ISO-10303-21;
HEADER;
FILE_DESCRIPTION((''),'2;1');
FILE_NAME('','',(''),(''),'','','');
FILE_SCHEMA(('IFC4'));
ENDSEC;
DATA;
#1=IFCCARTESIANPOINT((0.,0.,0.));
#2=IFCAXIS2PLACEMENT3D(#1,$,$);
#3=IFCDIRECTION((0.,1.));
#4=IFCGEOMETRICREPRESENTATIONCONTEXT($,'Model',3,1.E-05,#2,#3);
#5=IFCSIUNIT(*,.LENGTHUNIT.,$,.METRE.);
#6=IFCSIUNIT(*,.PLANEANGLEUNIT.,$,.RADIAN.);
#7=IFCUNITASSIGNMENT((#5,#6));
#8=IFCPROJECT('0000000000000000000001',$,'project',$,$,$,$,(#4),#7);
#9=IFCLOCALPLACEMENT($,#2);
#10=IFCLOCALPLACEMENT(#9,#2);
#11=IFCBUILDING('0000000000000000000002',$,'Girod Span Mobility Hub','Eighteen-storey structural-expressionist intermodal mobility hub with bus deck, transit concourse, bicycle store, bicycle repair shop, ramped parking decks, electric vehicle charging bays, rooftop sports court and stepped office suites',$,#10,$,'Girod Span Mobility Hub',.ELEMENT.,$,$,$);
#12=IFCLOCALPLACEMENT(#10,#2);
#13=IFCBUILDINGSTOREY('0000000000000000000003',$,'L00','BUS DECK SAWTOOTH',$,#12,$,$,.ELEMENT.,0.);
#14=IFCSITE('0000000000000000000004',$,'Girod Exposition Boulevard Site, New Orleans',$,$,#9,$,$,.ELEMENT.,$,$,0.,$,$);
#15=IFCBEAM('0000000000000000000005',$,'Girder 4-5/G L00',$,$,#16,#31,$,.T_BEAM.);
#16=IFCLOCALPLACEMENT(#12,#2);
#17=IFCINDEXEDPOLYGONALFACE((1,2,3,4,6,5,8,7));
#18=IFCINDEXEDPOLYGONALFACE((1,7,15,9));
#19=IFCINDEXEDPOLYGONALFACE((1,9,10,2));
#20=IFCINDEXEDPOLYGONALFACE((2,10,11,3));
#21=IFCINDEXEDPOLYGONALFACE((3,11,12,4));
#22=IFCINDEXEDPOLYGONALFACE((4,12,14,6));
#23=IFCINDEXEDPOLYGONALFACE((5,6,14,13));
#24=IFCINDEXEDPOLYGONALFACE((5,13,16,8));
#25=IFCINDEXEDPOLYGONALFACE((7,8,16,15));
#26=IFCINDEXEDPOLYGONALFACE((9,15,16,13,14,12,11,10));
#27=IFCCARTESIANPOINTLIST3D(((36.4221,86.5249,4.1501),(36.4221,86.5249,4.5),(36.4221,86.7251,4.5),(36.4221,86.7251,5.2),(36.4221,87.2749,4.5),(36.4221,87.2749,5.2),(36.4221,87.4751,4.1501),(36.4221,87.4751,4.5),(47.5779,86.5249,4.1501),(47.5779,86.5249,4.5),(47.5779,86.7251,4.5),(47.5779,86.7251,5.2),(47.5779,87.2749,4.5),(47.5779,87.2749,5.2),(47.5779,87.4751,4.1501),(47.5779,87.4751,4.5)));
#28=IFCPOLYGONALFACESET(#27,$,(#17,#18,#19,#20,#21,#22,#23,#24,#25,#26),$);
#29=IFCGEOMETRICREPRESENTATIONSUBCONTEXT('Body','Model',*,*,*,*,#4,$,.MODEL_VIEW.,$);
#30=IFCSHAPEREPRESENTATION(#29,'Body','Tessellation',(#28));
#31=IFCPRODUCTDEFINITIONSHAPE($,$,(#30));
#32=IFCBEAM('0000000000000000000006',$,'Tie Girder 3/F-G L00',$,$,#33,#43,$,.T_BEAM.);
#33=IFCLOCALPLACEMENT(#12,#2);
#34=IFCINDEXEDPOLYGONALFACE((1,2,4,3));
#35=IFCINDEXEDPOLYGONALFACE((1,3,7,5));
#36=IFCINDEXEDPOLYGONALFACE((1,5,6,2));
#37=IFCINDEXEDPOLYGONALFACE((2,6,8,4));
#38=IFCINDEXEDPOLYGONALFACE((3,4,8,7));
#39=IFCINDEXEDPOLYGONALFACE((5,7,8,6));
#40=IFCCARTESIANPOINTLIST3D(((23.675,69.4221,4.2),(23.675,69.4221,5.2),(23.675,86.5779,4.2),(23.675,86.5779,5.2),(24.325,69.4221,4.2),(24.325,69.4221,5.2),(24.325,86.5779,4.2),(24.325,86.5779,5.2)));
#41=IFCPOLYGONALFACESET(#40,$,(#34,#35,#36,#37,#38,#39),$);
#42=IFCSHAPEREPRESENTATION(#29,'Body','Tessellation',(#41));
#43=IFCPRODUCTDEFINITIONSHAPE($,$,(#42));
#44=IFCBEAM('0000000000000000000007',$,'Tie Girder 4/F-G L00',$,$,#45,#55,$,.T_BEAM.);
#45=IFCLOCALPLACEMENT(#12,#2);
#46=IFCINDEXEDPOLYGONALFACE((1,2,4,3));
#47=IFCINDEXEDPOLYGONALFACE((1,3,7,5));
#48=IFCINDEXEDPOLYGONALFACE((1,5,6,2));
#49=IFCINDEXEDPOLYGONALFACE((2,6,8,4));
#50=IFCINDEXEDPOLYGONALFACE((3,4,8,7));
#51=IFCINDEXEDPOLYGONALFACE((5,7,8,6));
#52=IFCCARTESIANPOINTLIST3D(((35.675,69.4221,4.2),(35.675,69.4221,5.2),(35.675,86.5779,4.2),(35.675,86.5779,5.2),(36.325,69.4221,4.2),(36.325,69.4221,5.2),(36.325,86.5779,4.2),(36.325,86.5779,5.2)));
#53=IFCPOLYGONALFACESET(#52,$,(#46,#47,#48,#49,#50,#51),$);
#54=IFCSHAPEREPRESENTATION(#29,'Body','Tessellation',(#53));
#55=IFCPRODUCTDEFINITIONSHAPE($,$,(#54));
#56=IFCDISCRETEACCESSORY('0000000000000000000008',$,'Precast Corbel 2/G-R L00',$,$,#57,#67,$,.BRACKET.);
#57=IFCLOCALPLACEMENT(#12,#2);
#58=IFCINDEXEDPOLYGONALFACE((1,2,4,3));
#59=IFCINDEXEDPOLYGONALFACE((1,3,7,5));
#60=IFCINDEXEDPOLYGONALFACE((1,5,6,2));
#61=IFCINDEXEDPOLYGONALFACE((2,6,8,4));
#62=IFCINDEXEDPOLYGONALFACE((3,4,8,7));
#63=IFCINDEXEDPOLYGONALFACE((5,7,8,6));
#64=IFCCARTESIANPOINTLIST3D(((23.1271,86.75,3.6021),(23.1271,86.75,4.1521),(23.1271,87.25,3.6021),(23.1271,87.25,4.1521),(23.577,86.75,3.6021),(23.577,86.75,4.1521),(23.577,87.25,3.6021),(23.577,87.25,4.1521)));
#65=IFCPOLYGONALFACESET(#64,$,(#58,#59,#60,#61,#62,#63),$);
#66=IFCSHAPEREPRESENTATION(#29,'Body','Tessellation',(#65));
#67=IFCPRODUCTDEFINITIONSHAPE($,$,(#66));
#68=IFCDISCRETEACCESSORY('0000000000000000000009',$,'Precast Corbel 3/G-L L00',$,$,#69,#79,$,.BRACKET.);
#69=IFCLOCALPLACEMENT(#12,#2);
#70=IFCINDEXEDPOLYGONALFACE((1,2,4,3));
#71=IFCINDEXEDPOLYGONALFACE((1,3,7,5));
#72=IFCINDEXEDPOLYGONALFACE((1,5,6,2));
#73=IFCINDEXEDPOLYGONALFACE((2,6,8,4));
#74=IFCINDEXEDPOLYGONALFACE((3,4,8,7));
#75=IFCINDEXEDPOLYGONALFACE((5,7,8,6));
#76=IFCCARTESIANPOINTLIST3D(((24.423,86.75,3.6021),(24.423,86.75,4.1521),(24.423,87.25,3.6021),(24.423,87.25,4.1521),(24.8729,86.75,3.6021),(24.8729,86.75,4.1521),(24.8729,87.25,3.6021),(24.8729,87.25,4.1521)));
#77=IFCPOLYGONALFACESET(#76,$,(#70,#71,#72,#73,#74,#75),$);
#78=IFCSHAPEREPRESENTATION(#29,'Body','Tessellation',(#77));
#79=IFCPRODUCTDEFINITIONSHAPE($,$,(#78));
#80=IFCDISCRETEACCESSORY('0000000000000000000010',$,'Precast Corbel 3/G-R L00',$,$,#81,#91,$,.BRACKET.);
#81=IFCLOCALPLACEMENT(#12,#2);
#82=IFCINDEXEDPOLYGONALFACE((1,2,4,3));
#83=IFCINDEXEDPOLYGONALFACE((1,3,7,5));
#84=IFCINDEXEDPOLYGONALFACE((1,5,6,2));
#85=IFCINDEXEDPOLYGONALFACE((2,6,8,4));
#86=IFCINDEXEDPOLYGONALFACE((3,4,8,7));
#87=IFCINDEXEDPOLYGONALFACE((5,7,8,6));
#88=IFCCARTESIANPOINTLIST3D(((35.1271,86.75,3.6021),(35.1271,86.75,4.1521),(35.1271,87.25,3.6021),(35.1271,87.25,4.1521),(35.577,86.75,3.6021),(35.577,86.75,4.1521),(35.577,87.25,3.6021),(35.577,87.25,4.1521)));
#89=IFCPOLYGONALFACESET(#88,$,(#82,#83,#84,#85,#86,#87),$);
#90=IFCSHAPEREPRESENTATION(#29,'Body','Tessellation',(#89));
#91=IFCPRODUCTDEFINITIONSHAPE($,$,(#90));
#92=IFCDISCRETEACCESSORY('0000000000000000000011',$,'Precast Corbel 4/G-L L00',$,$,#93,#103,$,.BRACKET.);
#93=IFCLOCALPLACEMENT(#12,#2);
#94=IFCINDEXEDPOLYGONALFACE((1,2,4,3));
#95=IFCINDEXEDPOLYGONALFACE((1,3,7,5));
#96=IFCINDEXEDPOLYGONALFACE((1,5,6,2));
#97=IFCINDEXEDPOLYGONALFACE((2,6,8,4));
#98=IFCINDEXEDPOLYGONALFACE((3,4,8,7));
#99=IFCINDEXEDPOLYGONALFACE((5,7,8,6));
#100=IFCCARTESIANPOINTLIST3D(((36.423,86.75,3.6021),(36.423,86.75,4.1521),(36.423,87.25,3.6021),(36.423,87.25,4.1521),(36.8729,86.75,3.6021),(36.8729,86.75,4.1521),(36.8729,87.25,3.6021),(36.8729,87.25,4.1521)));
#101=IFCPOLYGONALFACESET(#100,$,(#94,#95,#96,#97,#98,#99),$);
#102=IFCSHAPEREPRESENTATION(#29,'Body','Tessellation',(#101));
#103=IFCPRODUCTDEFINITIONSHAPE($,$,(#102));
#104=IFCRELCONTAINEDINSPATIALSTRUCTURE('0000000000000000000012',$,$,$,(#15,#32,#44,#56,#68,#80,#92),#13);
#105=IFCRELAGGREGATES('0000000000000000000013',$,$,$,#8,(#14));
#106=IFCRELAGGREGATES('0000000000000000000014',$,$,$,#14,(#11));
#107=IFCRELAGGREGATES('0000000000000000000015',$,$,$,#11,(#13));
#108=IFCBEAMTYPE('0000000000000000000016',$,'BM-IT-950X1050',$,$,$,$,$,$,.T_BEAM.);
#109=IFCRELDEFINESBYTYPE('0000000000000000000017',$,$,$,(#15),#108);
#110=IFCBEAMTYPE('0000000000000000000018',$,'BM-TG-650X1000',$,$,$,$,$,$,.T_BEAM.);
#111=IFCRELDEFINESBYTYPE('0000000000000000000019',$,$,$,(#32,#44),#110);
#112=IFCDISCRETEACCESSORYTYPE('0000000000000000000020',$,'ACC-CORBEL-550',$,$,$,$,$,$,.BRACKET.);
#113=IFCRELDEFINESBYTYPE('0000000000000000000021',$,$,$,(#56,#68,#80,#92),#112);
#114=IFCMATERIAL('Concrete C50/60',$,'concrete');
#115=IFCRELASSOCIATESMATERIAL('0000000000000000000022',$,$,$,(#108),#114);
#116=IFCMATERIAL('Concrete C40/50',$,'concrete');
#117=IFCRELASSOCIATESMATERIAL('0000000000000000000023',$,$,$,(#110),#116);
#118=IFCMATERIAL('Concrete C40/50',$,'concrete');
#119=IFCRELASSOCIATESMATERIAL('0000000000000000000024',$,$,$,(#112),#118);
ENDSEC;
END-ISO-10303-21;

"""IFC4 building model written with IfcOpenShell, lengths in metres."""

from ifc_helpers import new_model, si_unit, direction, frame, origin, origin_2d, place, context, subcontext, project, spatial, polyline, rectangle, outline, extrude, material, material_profile, profile_set, type_object, element, save


model = new_model("IFC4")

# Units and contexts
model_context = context("Model", 3, precision=1e-05, world=origin(), true_north=direction((0.0, 1.0)))
body_context = subcontext(model_context, "Body", "Model", "MODEL_VIEW")
ifc_project = project(units=[si_unit("LENGTHUNIT", "METRE"), si_unit("PLANEANGLEUNIT", "RADIAN")], contexts=[model_context])

# Site, building, storey
site_placement = place(None, origin())
site = spatial("IfcSite", under=ifc_project, at=site_placement, Name="Girod Exposition Boulevard Site, New Orleans", CompositionType="ELEMENT", RefElevation=0.0)
building_placement = place(site_placement, origin())
building = spatial("IfcBuilding", under=site, at=building_placement, Name="Girod Span Mobility Hub", Description="Eighteen-storey structural-expressionist intermodal mobility hub with bus deck, transit concourse, bicycle store, bicycle repair shop, ramped parking decks, electric vehicle charging bays, rooftop sports court and stepped office suites", LongName="Girod Span Mobility Hub", CompositionType="ELEMENT")
storey_placement = place(building_placement, origin())
storey = spatial("IfcBuildingStorey", under=building, at=storey_placement, Name="L00", Description="BUS DECK SAWTOOTH", CompositionType="ELEMENT", Elevation=0.0)

# Beams
ifc_material_1 = material(Name="Concrete C50/60", Category="concrete")
ifc_material_profile_1 = material_profile(ifc_material_1, outline(polyline([(-0.4751, -0.5249), (0.4751, -0.5249), (0.4751, -0.175), (0.2749, -0.175), (0.2749, 0.5249), (-0.2749, 0.5249), (-0.2749, -0.175), (-0.4751, -0.175), (-0.4751, -0.5249)])), Name="IT-950X1050")
ifc_profile_set_1 = profile_set([ifc_material_profile_1], Name="Concrete C50/60")
beam_type_1 = type_object("IfcBeamType", Name="BM-IT-950X1050", PredefinedType="T_BEAM", material=ifc_profile_set_1)
for number, where, z_axis, x_axis, name in (
    (1, (36.4221, 87.0, 4.675), (1.0, 0.0, 0.0), (0.0, 1.0, 0.0), "Girder 4-5/G L00"),
):
    element("IfcBeam", number, at=place(storey_placement, frame(where, z_axis=z_axis, x_axis=x_axis)), inside=storey, type_object=beam_type_1, Name=name, PredefinedType="T_BEAM", context=body_context, shape_type="SweptSolid", body=[
        extrude(outline(polyline([(-0.4751, -0.5249), (0.4751, -0.5249), (0.4751, -0.175), (0.2749, -0.175), (0.2749, 0.5249), (-0.2749, 0.5249), (-0.2749, -0.175), (-0.4751, -0.175), (-0.4751, -0.5249)])), origin(), (0.0, 0.0, 1.0), 11.1558),
    ])
ifc_material_2 = material(Name="Concrete C40/50", Category="concrete")
ifc_material_profile_2 = material_profile(ifc_material_2, rectangle(XDim=0.6499, YDim=1.0, at=origin_2d()), Name="TG-650X1000")
ifc_profile_set_2 = profile_set([ifc_material_profile_2], Name="Concrete C40/50")
beam_type_2 = type_object("IfcBeamType", Name="BM-TG-650X1000", PredefinedType="T_BEAM", material=ifc_profile_set_2)
for number, where, z_axis, x_axis, name in (
    (2, (24.0, 69.4221, 4.7), (0.0, 1.0, 0.0), (-1.0, 0.0, 0.0), "Tie Girder 3/F-G L00"),
    (3, (36.0, 69.4221, 4.7), (0.0, 1.0, 0.0), (-1.0, 0.0, 0.0), "Tie Girder 4/F-G L00"),
):
    element("IfcBeam", number, at=place(storey_placement, frame(where, z_axis=z_axis, x_axis=x_axis)), inside=storey, type_object=beam_type_2, Name=name, PredefinedType="T_BEAM", context=body_context, shape_type="SweptSolid", body=[
        extrude(rectangle(XDim=0.6499, YDim=1.0, at=origin_2d()), origin(), (0.0, 0.0, 1.0), 17.1558),
    ])

# Discrete accessories
ifc_material_3 = material(Name="Concrete C40/50", Category="concrete")
discrete_accessory_type = type_object("IfcDiscreteAccessoryType", Name="ACC-CORBEL-550", PredefinedType="BRACKET", material=ifc_material_3)
for number, where, z_axis, x_axis, name in (
    (4, (23.3521, 87.0, 3.6021), (0.0, 0.0, 1.0), (1.0, 0.0, 0.0), "Precast Corbel 2/G-R L00"),
    (5, (24.6479, 87.0, 3.6021), (0.0, 0.0, 1.0), (1.0, 0.0, 0.0), "Precast Corbel 3/G-L L00"),
    (6, (35.3521, 87.0, 3.6021), (0.0, 0.0, 1.0), (1.0, 0.0, 0.0), "Precast Corbel 3/G-R L00"),
    (7, (36.6479, 87.0, 3.6021), (0.0, 0.0, 1.0), (1.0, 0.0, 0.0), "Precast Corbel 4/G-L L00"),
):
    element("IfcDiscreteAccessory", number, at=place(storey_placement, frame(where, z_axis=z_axis, x_axis=x_axis)), inside=storey, type_object=discrete_accessory_type, Name=name, PredefinedType="BRACKET", context=body_context, shape_type="SweptSolid", body=[
        extrude(rectangle(XDim=0.45, YDim=0.5, at=origin_2d()), origin(), (0.0, 0.0, 1.0), 0.55),
    ])

save(model, "model.ifc")
